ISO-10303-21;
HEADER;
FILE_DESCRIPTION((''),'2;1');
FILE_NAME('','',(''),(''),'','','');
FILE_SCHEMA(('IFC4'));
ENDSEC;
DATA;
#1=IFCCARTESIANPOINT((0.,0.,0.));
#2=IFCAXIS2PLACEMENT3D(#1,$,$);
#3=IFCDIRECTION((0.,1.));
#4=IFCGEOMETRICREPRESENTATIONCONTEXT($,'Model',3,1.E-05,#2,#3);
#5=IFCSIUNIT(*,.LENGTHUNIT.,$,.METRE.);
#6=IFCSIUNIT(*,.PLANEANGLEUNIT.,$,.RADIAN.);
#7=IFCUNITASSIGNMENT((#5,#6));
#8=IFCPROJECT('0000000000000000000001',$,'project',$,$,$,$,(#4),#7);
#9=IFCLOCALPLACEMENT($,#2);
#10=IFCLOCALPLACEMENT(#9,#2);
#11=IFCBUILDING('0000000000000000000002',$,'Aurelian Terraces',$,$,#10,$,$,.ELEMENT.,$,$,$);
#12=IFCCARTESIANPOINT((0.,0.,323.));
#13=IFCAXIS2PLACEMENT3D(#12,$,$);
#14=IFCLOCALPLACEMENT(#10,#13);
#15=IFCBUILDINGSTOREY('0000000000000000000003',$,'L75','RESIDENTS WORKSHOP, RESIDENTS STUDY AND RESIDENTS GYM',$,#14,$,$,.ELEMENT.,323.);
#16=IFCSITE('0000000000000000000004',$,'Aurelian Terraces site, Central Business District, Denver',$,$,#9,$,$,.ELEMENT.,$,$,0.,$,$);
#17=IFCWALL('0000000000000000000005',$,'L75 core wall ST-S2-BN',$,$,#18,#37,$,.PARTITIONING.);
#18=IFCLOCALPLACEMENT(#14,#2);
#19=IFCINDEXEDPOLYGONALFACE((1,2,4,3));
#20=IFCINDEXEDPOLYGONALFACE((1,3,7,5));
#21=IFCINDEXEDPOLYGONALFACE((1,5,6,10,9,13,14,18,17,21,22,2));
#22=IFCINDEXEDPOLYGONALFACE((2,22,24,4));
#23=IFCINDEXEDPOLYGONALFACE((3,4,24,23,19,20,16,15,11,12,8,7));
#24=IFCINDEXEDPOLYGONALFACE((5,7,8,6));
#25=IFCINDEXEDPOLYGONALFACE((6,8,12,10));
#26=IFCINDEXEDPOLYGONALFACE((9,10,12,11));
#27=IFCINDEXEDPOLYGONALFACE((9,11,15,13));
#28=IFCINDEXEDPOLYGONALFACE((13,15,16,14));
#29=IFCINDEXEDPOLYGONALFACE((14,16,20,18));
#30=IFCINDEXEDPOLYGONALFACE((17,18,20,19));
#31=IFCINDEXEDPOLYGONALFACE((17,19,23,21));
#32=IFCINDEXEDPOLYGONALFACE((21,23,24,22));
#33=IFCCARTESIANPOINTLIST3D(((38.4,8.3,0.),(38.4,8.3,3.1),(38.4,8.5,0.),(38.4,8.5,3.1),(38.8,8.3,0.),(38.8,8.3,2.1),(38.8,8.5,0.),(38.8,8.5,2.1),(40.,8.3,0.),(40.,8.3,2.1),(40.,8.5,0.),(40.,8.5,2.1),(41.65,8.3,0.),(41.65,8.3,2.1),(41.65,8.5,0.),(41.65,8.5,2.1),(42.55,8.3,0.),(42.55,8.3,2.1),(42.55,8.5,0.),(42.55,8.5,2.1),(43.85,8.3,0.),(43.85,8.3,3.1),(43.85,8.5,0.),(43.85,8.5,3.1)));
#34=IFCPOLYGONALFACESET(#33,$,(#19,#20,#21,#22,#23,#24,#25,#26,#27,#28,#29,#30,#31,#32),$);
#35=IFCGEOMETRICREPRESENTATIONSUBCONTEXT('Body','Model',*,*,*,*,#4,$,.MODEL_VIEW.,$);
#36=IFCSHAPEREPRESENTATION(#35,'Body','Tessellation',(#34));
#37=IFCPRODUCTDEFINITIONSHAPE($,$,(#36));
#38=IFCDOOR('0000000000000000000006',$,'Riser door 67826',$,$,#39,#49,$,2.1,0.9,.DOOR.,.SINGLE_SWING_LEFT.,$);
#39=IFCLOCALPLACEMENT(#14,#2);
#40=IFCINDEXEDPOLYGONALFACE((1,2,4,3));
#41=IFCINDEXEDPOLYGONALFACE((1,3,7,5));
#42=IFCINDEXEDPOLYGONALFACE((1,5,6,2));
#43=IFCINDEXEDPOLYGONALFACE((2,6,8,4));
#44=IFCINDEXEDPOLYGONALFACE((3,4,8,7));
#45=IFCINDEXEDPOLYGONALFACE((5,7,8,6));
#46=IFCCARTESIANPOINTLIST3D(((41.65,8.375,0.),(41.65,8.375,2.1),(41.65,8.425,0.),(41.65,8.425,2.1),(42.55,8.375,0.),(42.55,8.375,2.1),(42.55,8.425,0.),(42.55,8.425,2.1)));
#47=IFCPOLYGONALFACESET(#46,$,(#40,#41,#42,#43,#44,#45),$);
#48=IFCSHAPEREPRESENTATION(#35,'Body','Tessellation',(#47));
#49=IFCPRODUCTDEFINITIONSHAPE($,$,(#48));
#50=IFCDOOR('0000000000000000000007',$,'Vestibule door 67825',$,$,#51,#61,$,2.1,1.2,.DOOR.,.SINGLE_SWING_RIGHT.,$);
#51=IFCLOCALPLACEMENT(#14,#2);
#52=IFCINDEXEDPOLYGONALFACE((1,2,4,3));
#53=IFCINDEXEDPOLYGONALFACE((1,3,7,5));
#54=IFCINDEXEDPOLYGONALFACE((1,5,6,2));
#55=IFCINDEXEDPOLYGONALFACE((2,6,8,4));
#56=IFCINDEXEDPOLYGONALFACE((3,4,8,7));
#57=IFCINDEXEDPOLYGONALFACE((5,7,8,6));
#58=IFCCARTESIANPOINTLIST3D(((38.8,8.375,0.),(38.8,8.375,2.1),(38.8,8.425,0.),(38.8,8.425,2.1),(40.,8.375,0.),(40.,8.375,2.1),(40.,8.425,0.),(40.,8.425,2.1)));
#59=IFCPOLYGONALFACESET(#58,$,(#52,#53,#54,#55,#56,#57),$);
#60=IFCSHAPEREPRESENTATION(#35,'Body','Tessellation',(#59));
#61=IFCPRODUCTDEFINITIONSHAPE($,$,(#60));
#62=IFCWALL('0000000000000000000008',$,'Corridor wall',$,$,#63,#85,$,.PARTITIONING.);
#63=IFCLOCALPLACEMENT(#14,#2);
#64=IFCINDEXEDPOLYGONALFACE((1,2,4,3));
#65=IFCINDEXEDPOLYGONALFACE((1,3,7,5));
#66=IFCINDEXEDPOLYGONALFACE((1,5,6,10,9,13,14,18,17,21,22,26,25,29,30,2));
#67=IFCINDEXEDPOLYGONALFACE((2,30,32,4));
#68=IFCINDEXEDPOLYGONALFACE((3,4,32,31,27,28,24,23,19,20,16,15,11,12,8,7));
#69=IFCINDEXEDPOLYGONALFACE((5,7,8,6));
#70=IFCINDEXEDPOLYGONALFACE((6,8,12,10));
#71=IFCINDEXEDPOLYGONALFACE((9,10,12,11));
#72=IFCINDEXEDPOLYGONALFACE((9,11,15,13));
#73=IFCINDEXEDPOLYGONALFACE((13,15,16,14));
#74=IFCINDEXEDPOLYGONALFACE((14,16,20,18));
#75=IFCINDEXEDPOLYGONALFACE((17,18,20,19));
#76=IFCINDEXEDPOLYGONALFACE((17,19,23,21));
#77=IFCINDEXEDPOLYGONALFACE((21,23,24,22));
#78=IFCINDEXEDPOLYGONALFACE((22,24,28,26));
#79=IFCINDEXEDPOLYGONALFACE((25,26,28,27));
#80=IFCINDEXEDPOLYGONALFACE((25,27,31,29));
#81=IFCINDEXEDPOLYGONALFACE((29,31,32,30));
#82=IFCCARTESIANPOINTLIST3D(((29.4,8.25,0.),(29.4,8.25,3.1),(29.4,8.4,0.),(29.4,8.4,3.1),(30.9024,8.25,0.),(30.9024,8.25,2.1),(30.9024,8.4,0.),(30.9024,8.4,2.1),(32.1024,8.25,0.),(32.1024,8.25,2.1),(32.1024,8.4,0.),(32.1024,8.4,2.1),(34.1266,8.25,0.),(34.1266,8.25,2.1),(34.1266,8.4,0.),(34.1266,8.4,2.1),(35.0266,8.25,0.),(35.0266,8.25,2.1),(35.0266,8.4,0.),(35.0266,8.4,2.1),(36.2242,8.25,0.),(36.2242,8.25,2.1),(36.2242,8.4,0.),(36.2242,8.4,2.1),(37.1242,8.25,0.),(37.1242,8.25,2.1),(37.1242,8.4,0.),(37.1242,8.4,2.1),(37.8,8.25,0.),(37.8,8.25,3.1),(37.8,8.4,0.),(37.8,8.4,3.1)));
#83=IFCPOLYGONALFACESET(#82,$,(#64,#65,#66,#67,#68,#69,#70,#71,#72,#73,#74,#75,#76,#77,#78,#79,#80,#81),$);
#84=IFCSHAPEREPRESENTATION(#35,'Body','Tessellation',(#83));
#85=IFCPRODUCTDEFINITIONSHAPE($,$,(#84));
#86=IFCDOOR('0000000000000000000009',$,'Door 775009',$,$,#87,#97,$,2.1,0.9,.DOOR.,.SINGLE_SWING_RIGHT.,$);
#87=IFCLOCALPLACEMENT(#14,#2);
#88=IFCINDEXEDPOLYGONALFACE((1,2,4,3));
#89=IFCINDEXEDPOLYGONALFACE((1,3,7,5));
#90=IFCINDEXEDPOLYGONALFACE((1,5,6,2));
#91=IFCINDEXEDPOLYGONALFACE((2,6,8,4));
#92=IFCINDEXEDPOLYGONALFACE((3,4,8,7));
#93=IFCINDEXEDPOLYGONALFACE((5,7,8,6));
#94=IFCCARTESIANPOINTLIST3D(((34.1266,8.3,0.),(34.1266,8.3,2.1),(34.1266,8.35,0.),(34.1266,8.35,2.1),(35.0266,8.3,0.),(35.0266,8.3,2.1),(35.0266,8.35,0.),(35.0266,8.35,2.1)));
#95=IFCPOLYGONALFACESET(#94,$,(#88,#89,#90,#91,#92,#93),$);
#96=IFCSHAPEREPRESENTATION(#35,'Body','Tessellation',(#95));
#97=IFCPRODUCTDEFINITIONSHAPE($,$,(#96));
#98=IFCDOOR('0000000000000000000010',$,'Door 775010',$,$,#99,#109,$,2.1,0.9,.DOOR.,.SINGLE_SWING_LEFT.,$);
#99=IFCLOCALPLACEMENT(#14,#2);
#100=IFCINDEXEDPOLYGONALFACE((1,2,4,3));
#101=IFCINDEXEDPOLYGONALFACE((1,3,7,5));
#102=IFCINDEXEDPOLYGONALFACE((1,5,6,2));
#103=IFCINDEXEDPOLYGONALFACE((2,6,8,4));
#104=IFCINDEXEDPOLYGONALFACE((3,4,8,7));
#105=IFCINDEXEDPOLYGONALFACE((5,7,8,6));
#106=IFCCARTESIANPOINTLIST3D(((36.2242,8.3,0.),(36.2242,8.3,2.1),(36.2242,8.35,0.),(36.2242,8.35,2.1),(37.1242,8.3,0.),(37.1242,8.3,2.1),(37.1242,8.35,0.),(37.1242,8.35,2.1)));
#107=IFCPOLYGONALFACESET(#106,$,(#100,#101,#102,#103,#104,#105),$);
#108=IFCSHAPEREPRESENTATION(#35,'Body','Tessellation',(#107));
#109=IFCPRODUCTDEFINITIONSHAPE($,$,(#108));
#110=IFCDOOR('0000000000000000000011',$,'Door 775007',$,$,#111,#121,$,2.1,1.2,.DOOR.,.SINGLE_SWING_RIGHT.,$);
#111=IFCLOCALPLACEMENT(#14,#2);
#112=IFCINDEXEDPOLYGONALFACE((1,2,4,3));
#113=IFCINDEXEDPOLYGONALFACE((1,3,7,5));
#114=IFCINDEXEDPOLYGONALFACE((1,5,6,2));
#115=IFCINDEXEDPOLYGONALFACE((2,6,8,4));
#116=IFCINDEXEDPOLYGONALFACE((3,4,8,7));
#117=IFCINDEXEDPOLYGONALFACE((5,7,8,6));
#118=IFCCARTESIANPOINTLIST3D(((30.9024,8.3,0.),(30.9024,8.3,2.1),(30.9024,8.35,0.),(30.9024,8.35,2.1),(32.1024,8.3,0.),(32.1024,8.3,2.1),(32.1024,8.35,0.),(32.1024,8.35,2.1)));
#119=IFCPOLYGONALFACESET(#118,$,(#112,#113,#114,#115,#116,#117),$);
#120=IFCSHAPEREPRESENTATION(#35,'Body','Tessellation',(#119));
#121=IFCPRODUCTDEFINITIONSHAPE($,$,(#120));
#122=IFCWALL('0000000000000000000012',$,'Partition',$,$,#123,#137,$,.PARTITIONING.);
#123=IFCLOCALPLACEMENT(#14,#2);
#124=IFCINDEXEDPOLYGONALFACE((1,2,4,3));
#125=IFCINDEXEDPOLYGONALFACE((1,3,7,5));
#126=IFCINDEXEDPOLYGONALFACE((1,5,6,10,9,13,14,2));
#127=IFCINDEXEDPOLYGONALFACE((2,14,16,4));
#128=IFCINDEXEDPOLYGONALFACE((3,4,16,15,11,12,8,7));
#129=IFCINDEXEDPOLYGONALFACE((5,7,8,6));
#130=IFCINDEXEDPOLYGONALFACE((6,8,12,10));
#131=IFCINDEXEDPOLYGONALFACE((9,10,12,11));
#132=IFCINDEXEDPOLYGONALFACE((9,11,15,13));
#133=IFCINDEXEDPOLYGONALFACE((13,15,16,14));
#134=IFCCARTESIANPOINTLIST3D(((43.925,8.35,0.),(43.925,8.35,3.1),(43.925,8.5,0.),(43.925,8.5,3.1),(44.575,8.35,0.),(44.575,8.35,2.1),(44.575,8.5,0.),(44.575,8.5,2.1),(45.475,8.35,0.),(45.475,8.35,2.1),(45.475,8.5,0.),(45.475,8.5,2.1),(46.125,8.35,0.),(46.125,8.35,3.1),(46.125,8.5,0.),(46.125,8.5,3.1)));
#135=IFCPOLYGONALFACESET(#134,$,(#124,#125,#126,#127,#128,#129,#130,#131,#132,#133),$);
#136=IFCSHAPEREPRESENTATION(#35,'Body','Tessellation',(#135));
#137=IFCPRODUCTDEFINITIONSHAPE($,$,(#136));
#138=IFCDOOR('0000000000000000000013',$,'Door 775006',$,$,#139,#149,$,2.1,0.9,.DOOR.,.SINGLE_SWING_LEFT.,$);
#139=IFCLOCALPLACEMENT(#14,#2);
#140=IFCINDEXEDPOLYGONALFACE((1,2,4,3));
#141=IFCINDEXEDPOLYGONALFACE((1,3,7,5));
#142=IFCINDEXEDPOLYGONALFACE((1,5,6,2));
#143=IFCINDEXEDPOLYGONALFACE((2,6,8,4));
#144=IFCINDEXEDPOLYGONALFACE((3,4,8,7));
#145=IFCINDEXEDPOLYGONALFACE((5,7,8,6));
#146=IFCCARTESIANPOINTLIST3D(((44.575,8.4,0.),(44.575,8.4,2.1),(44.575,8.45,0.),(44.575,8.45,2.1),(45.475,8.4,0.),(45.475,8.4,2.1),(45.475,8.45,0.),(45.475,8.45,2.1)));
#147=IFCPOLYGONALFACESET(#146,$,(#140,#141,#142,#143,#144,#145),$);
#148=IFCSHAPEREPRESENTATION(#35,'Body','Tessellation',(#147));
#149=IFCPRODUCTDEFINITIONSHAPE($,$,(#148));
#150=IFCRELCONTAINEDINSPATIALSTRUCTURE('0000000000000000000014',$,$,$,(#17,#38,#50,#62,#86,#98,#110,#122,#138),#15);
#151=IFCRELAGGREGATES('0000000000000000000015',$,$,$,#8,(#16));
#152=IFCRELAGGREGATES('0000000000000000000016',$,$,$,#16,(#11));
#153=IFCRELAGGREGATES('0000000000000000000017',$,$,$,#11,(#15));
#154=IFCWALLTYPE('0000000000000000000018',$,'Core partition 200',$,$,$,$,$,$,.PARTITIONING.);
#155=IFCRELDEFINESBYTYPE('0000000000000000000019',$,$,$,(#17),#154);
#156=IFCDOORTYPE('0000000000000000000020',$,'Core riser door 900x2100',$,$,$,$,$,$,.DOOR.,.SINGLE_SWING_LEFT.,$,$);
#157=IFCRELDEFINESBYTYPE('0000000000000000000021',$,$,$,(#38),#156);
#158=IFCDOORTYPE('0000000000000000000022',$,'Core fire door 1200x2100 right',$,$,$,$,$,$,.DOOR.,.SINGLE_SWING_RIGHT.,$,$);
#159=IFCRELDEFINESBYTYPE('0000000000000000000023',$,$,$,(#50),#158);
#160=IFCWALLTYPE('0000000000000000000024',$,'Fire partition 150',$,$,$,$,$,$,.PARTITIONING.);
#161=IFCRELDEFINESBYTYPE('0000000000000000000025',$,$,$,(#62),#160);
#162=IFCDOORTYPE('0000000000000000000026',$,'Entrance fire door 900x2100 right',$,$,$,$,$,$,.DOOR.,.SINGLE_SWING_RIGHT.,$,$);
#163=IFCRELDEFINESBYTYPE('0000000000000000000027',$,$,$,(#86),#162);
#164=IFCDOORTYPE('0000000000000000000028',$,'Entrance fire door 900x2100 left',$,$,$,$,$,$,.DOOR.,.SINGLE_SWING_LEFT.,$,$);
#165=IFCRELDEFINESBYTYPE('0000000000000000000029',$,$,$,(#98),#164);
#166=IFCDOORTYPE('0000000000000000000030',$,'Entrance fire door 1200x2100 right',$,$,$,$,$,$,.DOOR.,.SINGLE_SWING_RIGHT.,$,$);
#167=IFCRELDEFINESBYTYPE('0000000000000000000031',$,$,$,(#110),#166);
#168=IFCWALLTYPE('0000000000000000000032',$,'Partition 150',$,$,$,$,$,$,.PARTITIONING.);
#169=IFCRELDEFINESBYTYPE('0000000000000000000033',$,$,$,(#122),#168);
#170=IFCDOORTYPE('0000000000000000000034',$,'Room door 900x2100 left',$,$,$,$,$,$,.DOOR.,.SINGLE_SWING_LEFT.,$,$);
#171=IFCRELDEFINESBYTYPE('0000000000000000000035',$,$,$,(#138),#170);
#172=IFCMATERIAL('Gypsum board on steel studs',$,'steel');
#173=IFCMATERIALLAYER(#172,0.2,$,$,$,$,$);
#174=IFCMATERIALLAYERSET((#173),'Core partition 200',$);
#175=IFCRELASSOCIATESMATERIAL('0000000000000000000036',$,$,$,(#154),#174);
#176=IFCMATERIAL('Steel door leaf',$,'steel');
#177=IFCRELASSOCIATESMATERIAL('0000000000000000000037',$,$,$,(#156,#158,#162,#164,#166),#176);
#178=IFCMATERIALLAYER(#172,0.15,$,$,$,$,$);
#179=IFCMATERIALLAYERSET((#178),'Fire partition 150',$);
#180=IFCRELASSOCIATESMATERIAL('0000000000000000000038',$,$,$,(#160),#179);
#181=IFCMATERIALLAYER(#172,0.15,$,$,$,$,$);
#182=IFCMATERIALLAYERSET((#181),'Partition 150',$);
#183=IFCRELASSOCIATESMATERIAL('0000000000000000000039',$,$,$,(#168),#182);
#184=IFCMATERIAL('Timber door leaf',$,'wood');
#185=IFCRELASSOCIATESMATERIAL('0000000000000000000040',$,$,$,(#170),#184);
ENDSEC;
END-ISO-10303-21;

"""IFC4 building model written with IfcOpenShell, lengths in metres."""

from ifc_helpers import new_model, si_unit, direction, frame, frame_2d, origin, place, context, subcontext, project, spatial, rectangle, extrude, source, transform, mapped, material, layer, layer_set, type_object, element, fill, save


model = new_model("IFC4")

# Units and contexts
model_context = context("Model", 3, precision=1e-05, world=origin(), true_north=direction((0.0, 1.0)))
body_context = subcontext(model_context, "Body", "Model", "MODEL_VIEW")
ifc_project = project(units=[si_unit("LENGTHUNIT", "METRE"), si_unit("PLANEANGLEUNIT", "RADIAN")], contexts=[model_context])

# Site, building, storey
site_placement = place(None, origin())
site = spatial("IfcSite", under=ifc_project, at=site_placement, Name="Aurelian Terraces site, Central Business District, Denver", CompositionType="ELEMENT", RefElevation=0.0)
building_placement = place(site_placement, origin())
building = spatial("IfcBuilding", under=site, at=building_placement, Name="Aurelian Terraces", CompositionType="ELEMENT")
storey_placement = place(building_placement, frame((0.0, 0.0, 323.0)))
storey = spatial("IfcBuildingStorey", under=building, at=storey_placement, Name="L75", Description="RESIDENTS WORKSHOP, RESIDENTS STUDY AND RESIDENTS GYM", CompositionType="ELEMENT", Elevation=323.0)

# Walls, openings, doors
ifc_material_1 = material(Name="Gypsum board on steel studs", Category="steel")
ifc_layer_1 = layer(ifc_material_1, 0.2)
ifc_layer_set_1 = layer_set([ifc_layer_1], Name="Core partition 200")
wall_type_1 = type_object("IfcWallType", Name="Core partition 200", PredefinedType="PARTITIONING", material=ifc_layer_set_1)
shared_shape_1 = source(origin(), body_context, "Body", "SweptSolid", [
    extrude(rectangle(XDim=5.45, YDim=0.2, at=frame_2d((2.725, 0.0))), origin(), (0.0, 0.0, 1.0), 3.1),
])
wall_1_placement = place(storey_placement, frame((38.4, 8.4, 0.0), z_axis=(0.0, 0.0, 1.0), x_axis=(1.0, 0.0, 0.0)))
wall_1 = element("IfcWall", 1, at=wall_1_placement, inside=storey, type_object=wall_type_1, Name="L75 core wall ST-S2-BN", PredefinedType="PARTITIONING", context=body_context, shape_type="MappedRepresentation", body=[
    mapped(shared_shape_1, transform((0.0, 0.0, 0.0), scale=1.0)),
])
shared_shape_2 = source(origin(), body_context, "Body", "SweptSolid", [
    extrude(rectangle(XDim=1.2, YDim=2.1, at=frame_2d((0.6, 1.05))), frame((0.0, 0.11, 0.0), z_axis=(0.0, -1.0, 0.0), x_axis=(1.0, 0.0, 0.0)), (0.0, 0.0, 1.0), 0.22),
])
opening_1_placement = place(wall_1_placement, frame((0.4, 0.0, 0.0)))
opening_1 = element("IfcOpeningElement", 2, at=opening_1_placement, cuts=wall_1, PredefinedType="OPENING", context=body_context, shape_type="MappedRepresentation", body=[
    mapped(shared_shape_2, transform((0.0, 0.0, 0.0), scale=1.0)),
])
shared_shape_3 = source(origin(), body_context, "Body", "SweptSolid", [
    extrude(rectangle(XDim=0.9, YDim=2.1, at=frame_2d((0.45, 1.05))), frame((0.0, 0.11, 0.0), z_axis=(0.0, -1.0, 0.0), x_axis=(1.0, 0.0, 0.0)), (0.0, 0.0, 1.0), 0.22),
])
opening_2_placement = place(wall_1_placement, frame((3.25, 0.0, 0.0)))
opening_2 = element("IfcOpeningElement", 3, at=opening_2_placement, cuts=wall_1, PredefinedType="OPENING", context=body_context, shape_type="MappedRepresentation", body=[
    mapped(shared_shape_3, transform((0.0, 0.0, 0.0), scale=1.0)),
])
ifc_material_2 = material(Name="Steel door leaf", Category="steel")
door_type_1 = type_object("IfcDoorType", Name="Core riser door 900x2100", OperationType="SINGLE_SWING_LEFT", PredefinedType="DOOR", material=ifc_material_2)
shared_shape_4 = source(origin(), body_context, "Body", "SweptSolid", [
    extrude(rectangle(XDim=0.9, YDim=2.1, at=frame_2d((0.45, 1.05))), frame((0.0, 0.025, 0.0), z_axis=(0.0, -1.0, 0.0), x_axis=(1.0, 0.0, 0.0)), (0.0, 0.0, 1.0), 0.05),
])
door_1_placement = place(opening_2_placement, origin())
door_1 = element("IfcDoor", 4, at=door_1_placement, inside=storey, type_object=door_type_1, Name="Riser door 67826", OperationType="SINGLE_SWING_LEFT", OverallHeight=2.1, OverallWidth=0.9, PredefinedType="DOOR", context=body_context, shape_type="MappedRepresentation", body=[
    mapped(shared_shape_4, transform((0.0, 0.0, 0.0), scale=1.0)),
])
fill(opening_2, door_1)
door_type_2 = type_object("IfcDoorType", Name="Core fire door 1200x2100 right", OperationType="SINGLE_SWING_RIGHT", PredefinedType="DOOR", material=ifc_material_2)
shared_shape_5 = source(origin(), body_context, "Body", "SweptSolid", [
    extrude(rectangle(XDim=1.2, YDim=2.1, at=frame_2d((0.6, 1.05))), frame((0.0, 0.025, 0.0), z_axis=(0.0, -1.0, 0.0), x_axis=(1.0, 0.0, 0.0)), (0.0, 0.0, 1.0), 0.05),
])
door_2_placement = place(opening_1_placement, origin())
door_2 = element("IfcDoor", 5, at=door_2_placement, inside=storey, type_object=door_type_2, Name="Vestibule door 67825", OperationType="SINGLE_SWING_RIGHT", OverallHeight=2.1, OverallWidth=1.2, PredefinedType="DOOR", context=body_context, shape_type="MappedRepresentation", body=[
    mapped(shared_shape_5, transform((0.0, 0.0, 0.0), scale=1.0)),
])
fill(opening_1, door_2)
ifc_layer_2 = layer(ifc_material_1, 0.15)
ifc_layer_set_2 = layer_set([ifc_layer_2], Name="Fire partition 150")
wall_type_2 = type_object("IfcWallType", Name="Fire partition 150", PredefinedType="PARTITIONING", material=ifc_layer_set_2)
shared_shape_6 = source(origin(), body_context, "Body", "SweptSolid", [
    extrude(rectangle(XDim=8.4, YDim=0.15, at=frame_2d((4.2, 0.0))), origin(), (0.0, 0.0, 1.0), 3.1),
])
wall_2_placement = place(storey_placement, frame((37.8, 8.325, 0.0), z_axis=(0.0, 0.0, 1.0), x_axis=(-1.0, 0.0, 0.0)))
wall_2 = element("IfcWall", 6, at=wall_2_placement, inside=storey, type_object=wall_type_2, Name="Corridor wall", PredefinedType="PARTITIONING", context=body_context, shape_type="MappedRepresentation", body=[
    mapped(shared_shape_6, transform((0.0, 0.0, 0.0), scale=1.0)),
])
shared_shape_7 = source(origin(), body_context, "Body", "SweptSolid", [
    extrude(rectangle(XDim=1.2, YDim=2.1, at=frame_2d((0.6, 1.05))), frame((0.0, 0.085, 0.0), z_axis=(0.0, -1.0, 0.0), x_axis=(1.0, 0.0, 0.0)), (0.0, 0.0, 1.0), 0.17),
])
opening_3_placement = place(wall_2_placement, frame((5.6976, 0.0, 0.0)))
opening_3 = element("IfcOpeningElement", 7, at=opening_3_placement, cuts=wall_2, PredefinedType="OPENING", context=body_context, shape_type="MappedRepresentation", body=[
    mapped(shared_shape_7, transform((0.0, 0.0, 0.0), scale=1.0)),
])
shared_shape_8 = source(origin(), body_context, "Body", "SweptSolid", [
    extrude(rectangle(XDim=0.9, YDim=2.1, at=frame_2d((0.45, 1.05))), frame((0.0, 0.085, 0.0), z_axis=(0.0, -1.0, 0.0), x_axis=(1.0, 0.0, 0.0)), (0.0, 0.0, 1.0), 0.17),
])
opening_4_placement = place(wall_2_placement, frame((2.7734, 0.0, 0.0)))
opening_4 = element("IfcOpeningElement", 8, at=opening_4_placement, cuts=wall_2, PredefinedType="OPENING", context=body_context, shape_type="MappedRepresentation", body=[
    mapped(shared_shape_8, transform((0.0, 0.0, 0.0), scale=1.0)),
])
opening_5_placement = place(wall_2_placement, frame((0.6758, 0.0, 0.0)))
opening_5 = element("IfcOpeningElement", 9, at=opening_5_placement, cuts=wall_2, PredefinedType="OPENING", context=body_context, shape_type="MappedRepresentation", body=[
    mapped(shared_shape_8, transform((0.0, 0.0, 0.0), scale=1.0)),
])
door_type_3 = type_object("IfcDoorType", Name="Entrance fire door 900x2100 right", OperationType="SINGLE_SWING_RIGHT", PredefinedType="DOOR", material=ifc_material_2)
door_3_placement = place(opening_4_placement, origin())
door_3 = element("IfcDoor", 10, at=door_3_placement, inside=storey, type_object=door_type_3, Name="Door 775009", OperationType="SINGLE_SWING_RIGHT", OverallHeight=2.1, OverallWidth=0.9, PredefinedType="DOOR", context=body_context, shape_type="MappedRepresentation", body=[
    mapped(shared_shape_4, transform((0.0, 0.0, 0.0), scale=1.0)),
])
fill(opening_4, door_3)
door_type_4 = type_object("IfcDoorType", Name="Entrance fire door 900x2100 left", OperationType="SINGLE_SWING_LEFT", PredefinedType="DOOR", material=ifc_material_2)
door_4_placement = place(opening_5_placement, origin())
door_4 = element("IfcDoor", 11, at=door_4_placement, inside=storey, type_object=door_type_4, Name="Door 775010", OperationType="SINGLE_SWING_LEFT", OverallHeight=2.1, OverallWidth=0.9, PredefinedType="DOOR", context=body_context, shape_type="MappedRepresentation", body=[
    mapped(shared_shape_4, transform((0.0, 0.0, 0.0), scale=1.0)),
])
fill(opening_5, door_4)
door_type_5 = type_object("IfcDoorType", Name="Entrance fire door 1200x2100 right", OperationType="SINGLE_SWING_RIGHT", PredefinedType="DOOR", material=ifc_material_2)
door_5_placement = place(opening_3_placement, origin())
door_5 = element("IfcDoor", 12, at=door_5_placement, inside=storey, type_object=door_type_5, Name="Door 775007", OperationType="SINGLE_SWING_RIGHT", OverallHeight=2.1, OverallWidth=1.2, PredefinedType="DOOR", context=body_context, shape_type="MappedRepresentation", body=[
    mapped(shared_shape_5, transform((0.0, 0.0, 0.0), scale=1.0)),
])
fill(opening_3, door_5)

# Wall, opening, door
ifc_layer_3 = layer(ifc_material_1, 0.15)
ifc_layer_set_3 = layer_set([ifc_layer_3], Name="Partition 150")
wall_type_3 = type_object("IfcWallType", Name="Partition 150", PredefinedType="PARTITIONING", material=ifc_layer_set_3)
shared_shape_9 = source(origin(), body_context, "Body", "SweptSolid", [
    extrude(rectangle(XDim=2.2, YDim=0.15, at=frame_2d((1.1, 0.0))), origin(), (0.0, 0.0, 1.0), 3.1),
])
wall_3_placement = place(storey_placement, frame((46.125, 8.425, 0.0), z_axis=(0.0, 0.0, 1.0), x_axis=(-1.0, 0.0, 0.0)))
wall_3 = element("IfcWall", 13, at=wall_3_placement, inside=storey, type_object=wall_type_3, Name="Partition", PredefinedType="PARTITIONING", context=body_context, shape_type="MappedRepresentation", body=[
    mapped(shared_shape_9, transform((0.0, 0.0, 0.0), scale=1.0)),
])
opening_6_placement = place(wall_3_placement, frame((0.65, 0.0, 0.0)))
opening_6 = element("IfcOpeningElement", 14, at=opening_6_placement, cuts=wall_3, PredefinedType="OPENING", context=body_context, shape_type="MappedRepresentation", body=[
    mapped(shared_shape_8, transform((0.0, 0.0, 0.0), scale=1.0)),
])
ifc_material_3 = material(Name="Timber door leaf", Category="wood")
door_type_6 = type_object("IfcDoorType", Name="Room door 900x2100 left", OperationType="SINGLE_SWING_LEFT", PredefinedType="DOOR", material=ifc_material_3)
door_6_placement = place(opening_6_placement, origin())
door_6 = element("IfcDoor", 15, at=door_6_placement, inside=storey, type_object=door_type_6, Name="Door 775006", OperationType="SINGLE_SWING_LEFT", OverallHeight=2.1, OverallWidth=0.9, PredefinedType="DOOR", context=body_context, shape_type="MappedRepresentation", body=[
    mapped(shared_shape_4, transform((0.0, 0.0, 0.0), scale=1.0)),
])
fill(opening_6, door_6)

save(model, "model.ifc")
